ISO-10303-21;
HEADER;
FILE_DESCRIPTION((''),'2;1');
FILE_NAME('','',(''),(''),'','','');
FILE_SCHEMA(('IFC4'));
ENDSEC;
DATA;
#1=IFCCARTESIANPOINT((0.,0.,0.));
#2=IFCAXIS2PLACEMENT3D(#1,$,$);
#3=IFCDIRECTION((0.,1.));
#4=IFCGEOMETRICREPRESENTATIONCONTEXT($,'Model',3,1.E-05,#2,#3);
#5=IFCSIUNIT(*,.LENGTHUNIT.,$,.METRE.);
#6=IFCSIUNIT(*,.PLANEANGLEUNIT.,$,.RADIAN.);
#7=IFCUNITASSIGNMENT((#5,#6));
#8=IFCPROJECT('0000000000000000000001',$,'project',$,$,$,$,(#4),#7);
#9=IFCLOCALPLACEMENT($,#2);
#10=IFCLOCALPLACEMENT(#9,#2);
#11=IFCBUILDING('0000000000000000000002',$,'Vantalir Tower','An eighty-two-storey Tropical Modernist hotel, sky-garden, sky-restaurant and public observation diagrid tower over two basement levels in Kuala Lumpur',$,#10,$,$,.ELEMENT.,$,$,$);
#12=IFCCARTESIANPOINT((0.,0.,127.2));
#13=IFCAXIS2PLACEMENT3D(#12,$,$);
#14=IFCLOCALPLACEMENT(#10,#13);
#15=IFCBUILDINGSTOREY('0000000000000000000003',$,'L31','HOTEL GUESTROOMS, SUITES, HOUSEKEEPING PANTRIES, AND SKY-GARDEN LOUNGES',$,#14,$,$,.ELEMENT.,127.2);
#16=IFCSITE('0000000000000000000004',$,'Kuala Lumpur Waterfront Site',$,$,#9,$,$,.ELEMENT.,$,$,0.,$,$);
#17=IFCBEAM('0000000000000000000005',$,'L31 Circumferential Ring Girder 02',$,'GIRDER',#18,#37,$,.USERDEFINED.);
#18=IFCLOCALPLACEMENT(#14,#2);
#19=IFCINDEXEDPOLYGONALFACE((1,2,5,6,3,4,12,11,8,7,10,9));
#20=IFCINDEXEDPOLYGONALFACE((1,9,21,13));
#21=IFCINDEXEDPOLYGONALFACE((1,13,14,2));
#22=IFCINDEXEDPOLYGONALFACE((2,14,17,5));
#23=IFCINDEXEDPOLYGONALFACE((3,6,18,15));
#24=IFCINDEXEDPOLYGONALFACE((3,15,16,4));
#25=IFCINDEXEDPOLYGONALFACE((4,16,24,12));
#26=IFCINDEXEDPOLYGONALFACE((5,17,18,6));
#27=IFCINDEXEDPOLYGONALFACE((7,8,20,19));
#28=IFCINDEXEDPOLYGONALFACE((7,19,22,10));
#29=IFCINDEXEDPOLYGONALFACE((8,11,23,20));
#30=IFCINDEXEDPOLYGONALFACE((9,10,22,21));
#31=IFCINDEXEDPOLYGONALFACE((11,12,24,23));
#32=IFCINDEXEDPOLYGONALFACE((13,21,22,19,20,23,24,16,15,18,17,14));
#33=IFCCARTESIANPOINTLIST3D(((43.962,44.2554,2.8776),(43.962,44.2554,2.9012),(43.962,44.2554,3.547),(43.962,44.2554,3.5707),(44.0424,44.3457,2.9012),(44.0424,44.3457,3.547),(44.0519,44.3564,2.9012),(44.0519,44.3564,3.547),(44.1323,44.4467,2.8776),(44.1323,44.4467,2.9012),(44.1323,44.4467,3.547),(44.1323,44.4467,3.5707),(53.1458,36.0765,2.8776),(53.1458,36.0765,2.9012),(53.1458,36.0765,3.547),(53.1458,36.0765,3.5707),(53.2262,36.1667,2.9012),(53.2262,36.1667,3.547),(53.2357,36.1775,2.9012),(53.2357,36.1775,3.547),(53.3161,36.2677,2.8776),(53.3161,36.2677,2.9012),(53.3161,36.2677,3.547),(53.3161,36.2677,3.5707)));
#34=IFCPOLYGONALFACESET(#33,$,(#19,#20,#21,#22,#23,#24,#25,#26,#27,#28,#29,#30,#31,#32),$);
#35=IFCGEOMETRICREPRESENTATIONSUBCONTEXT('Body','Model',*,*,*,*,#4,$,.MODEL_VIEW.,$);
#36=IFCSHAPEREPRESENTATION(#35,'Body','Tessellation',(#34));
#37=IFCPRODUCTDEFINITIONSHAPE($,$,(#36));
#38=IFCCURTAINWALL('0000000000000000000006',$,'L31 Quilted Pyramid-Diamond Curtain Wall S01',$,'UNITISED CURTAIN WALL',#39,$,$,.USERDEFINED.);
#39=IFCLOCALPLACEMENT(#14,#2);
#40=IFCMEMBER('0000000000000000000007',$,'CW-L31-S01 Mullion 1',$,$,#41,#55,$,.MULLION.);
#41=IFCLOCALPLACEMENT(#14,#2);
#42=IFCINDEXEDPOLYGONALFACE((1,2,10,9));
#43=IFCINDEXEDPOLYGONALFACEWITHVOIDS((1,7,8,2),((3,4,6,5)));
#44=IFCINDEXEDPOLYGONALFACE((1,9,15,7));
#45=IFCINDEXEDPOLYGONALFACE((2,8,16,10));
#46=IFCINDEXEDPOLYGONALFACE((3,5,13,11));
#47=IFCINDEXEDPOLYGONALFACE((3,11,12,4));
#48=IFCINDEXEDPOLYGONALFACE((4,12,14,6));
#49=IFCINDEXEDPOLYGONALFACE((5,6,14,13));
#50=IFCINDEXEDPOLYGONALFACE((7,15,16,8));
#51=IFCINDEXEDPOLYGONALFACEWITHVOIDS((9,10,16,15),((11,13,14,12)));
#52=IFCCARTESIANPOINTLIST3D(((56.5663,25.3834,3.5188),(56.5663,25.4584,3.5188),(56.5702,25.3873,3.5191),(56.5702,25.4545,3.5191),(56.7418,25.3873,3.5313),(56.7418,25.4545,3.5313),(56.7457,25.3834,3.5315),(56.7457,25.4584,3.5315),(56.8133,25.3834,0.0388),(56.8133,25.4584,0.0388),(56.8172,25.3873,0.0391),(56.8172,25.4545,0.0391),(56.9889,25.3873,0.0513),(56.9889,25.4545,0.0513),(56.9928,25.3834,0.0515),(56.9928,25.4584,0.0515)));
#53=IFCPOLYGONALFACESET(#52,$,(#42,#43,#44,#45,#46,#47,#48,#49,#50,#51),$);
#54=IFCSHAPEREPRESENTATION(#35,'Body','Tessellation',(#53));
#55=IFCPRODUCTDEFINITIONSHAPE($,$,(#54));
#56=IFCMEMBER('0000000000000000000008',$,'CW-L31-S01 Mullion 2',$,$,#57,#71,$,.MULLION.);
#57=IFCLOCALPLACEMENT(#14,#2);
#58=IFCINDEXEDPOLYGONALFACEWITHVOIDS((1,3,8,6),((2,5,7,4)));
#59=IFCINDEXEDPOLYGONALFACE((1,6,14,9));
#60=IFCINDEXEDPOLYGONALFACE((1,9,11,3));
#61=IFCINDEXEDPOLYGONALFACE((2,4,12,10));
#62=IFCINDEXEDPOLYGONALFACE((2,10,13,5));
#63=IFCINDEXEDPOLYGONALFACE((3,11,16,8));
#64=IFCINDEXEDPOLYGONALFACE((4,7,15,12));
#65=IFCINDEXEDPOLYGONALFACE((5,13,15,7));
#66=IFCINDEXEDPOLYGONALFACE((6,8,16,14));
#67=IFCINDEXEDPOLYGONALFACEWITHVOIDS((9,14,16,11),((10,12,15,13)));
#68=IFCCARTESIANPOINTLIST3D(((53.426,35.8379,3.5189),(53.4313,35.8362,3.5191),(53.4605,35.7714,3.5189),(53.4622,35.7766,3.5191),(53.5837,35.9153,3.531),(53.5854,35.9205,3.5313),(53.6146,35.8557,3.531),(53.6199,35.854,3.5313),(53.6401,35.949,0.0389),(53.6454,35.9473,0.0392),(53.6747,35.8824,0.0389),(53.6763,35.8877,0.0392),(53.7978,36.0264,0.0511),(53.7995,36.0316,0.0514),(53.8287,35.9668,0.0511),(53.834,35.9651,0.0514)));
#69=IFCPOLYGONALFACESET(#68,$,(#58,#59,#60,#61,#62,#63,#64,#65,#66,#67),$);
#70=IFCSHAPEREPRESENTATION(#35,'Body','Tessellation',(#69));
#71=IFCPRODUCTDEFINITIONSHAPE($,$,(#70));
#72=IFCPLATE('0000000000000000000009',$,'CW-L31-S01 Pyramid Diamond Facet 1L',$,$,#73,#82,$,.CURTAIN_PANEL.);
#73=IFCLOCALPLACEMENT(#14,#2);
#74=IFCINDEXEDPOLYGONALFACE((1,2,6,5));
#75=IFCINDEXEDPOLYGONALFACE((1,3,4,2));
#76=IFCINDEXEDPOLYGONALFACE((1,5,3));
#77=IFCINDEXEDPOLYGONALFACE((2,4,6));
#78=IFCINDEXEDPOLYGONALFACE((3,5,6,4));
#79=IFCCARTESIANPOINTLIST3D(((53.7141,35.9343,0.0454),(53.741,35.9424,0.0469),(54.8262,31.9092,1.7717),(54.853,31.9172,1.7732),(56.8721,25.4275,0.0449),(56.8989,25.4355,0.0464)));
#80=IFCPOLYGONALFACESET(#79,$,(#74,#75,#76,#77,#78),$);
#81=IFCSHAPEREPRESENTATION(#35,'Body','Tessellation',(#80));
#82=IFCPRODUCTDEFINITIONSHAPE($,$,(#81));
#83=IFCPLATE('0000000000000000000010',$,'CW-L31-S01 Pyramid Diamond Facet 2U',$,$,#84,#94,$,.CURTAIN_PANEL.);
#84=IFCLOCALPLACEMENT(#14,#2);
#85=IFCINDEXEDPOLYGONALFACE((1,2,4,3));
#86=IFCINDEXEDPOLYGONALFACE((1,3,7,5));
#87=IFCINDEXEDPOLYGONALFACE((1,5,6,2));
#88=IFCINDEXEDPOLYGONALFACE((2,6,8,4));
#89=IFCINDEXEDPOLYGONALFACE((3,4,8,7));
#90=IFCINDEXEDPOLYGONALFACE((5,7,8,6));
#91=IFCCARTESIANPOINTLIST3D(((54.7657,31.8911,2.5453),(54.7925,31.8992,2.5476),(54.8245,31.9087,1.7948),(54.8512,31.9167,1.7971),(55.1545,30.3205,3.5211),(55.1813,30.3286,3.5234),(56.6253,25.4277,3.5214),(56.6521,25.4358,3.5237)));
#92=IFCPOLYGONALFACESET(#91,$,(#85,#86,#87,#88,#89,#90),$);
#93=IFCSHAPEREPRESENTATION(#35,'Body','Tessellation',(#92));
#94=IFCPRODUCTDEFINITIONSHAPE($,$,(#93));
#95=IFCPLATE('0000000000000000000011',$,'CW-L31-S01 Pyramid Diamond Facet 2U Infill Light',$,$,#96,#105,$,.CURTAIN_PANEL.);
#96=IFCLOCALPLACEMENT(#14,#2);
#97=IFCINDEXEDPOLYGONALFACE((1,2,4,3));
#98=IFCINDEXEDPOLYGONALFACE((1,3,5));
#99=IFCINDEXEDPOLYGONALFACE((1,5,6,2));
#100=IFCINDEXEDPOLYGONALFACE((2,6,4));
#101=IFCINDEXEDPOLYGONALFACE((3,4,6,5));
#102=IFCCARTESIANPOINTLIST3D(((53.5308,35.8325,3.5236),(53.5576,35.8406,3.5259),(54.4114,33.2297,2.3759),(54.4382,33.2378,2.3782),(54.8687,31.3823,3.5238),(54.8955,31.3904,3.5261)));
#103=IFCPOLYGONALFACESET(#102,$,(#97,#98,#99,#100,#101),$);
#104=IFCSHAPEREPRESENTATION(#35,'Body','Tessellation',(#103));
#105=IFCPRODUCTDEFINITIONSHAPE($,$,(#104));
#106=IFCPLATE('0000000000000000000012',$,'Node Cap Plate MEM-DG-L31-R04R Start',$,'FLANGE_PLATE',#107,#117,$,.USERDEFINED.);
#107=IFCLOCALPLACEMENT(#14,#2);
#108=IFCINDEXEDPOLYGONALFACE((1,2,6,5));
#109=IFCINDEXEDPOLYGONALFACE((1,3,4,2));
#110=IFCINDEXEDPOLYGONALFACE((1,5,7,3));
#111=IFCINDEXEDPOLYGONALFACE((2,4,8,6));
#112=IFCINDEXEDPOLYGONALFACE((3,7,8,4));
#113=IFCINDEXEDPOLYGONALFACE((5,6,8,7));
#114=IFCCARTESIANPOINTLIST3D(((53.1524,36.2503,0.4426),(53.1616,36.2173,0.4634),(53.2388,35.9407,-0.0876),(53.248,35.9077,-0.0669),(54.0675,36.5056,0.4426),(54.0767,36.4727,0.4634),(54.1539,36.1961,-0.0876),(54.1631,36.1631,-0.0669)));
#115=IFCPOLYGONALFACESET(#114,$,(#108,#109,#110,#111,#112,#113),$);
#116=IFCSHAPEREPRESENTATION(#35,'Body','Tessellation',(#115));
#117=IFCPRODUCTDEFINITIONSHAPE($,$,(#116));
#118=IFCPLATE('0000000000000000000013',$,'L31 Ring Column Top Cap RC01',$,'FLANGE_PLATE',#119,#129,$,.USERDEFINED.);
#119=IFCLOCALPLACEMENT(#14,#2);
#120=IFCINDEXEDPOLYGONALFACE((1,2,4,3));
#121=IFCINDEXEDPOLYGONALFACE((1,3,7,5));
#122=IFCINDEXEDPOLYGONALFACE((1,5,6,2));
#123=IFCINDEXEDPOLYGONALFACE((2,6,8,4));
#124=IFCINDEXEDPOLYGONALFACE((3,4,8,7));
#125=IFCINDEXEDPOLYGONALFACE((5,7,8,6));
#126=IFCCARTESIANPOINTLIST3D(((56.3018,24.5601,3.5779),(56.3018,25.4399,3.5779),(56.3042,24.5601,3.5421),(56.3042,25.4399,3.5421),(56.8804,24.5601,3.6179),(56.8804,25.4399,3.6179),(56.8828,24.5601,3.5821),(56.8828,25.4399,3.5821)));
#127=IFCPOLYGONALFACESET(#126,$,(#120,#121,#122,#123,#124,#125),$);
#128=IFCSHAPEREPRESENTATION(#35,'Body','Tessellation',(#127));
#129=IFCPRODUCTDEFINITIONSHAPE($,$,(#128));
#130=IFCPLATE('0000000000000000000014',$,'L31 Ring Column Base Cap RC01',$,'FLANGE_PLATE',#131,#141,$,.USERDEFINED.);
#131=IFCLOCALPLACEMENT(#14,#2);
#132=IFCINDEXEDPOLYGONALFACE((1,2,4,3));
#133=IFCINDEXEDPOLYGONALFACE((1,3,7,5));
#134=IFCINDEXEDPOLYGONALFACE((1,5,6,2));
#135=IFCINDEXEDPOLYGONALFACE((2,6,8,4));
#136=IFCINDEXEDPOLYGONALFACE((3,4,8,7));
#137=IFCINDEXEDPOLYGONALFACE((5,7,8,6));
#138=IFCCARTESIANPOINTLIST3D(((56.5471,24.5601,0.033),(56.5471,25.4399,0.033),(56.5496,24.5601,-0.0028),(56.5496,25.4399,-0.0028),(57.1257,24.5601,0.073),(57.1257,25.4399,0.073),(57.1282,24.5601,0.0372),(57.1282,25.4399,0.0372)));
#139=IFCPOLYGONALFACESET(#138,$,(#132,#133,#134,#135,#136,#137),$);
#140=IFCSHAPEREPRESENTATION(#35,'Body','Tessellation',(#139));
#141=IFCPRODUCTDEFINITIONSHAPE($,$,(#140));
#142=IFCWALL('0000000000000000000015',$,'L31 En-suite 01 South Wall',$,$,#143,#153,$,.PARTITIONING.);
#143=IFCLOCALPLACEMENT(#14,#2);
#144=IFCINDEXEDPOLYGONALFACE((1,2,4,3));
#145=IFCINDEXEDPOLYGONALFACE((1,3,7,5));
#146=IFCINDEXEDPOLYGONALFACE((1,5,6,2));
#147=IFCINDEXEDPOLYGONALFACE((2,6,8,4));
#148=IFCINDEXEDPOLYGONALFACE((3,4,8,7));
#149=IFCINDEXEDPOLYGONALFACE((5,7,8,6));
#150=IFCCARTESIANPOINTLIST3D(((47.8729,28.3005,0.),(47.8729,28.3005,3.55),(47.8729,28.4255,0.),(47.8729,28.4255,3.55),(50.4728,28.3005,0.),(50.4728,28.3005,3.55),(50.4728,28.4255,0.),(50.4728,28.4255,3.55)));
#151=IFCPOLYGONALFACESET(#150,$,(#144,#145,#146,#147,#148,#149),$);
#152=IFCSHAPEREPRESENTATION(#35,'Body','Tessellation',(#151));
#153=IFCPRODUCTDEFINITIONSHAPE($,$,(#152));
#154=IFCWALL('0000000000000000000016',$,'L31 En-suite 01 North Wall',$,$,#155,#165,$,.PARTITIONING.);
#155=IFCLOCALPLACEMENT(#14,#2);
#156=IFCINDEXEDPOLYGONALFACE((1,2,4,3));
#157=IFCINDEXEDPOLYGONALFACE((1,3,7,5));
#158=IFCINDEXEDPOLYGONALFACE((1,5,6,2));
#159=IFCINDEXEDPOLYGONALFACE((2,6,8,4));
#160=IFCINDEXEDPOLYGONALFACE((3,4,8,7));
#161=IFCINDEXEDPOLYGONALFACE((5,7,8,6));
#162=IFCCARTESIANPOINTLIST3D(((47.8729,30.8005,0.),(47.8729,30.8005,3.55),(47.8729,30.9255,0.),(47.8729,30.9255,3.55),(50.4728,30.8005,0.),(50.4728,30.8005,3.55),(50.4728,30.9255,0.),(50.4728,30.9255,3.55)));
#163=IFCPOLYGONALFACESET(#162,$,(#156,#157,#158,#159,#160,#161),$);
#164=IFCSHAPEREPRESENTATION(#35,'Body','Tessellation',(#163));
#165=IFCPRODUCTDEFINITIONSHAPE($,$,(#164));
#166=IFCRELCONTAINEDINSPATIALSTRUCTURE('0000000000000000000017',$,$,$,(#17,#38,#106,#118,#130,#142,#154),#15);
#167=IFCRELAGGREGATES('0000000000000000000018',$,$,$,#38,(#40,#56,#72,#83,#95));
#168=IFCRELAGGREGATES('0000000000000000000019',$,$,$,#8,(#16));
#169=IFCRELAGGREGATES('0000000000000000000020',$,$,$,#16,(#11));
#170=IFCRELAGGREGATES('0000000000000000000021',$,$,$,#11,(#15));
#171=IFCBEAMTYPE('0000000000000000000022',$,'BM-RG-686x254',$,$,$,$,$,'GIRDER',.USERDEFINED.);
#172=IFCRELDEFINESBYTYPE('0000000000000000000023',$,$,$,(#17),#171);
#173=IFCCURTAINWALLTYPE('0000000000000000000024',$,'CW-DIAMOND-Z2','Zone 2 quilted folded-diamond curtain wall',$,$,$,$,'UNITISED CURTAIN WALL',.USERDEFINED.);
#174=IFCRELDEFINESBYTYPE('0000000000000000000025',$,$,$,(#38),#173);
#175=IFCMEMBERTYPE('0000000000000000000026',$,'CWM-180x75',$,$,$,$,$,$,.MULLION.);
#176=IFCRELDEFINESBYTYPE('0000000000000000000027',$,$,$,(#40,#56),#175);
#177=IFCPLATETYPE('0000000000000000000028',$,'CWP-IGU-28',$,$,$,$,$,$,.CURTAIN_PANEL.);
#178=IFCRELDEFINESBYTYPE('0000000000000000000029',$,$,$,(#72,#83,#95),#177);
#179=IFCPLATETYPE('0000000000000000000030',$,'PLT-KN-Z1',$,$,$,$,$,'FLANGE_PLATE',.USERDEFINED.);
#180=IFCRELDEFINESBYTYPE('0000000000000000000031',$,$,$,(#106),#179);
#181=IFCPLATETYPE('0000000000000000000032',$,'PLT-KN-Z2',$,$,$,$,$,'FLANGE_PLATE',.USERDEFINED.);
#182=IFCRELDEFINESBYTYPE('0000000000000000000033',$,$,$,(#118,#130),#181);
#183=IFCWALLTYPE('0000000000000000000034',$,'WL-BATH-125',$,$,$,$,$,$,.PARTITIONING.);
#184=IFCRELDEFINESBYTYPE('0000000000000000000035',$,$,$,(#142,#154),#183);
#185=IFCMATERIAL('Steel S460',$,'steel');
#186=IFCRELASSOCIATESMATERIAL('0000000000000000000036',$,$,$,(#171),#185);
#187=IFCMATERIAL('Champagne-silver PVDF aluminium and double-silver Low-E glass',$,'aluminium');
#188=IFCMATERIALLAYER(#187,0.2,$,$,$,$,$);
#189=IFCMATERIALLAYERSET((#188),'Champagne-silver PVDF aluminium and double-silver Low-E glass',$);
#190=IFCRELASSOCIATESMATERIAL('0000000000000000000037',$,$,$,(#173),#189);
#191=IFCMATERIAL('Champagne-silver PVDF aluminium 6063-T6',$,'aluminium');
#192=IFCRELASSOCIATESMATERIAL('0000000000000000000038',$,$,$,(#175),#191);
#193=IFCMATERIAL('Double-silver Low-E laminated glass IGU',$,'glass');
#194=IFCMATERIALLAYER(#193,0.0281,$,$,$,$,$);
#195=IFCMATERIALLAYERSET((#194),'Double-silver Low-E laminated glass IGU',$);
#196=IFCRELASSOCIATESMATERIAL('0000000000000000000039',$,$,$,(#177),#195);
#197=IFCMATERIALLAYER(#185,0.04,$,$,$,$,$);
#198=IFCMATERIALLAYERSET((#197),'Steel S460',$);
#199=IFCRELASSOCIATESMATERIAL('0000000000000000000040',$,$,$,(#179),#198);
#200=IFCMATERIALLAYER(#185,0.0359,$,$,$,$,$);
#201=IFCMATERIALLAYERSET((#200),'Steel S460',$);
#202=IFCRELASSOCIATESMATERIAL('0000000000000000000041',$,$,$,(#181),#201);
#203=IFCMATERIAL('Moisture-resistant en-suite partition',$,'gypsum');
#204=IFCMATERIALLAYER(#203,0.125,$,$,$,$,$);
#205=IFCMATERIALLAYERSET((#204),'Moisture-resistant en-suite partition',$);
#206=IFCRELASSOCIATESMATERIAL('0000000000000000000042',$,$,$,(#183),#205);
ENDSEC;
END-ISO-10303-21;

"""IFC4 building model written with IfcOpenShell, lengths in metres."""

from ifc_helpers import new_model, si_unit, direction, frame, frame_2d, origin, origin_2d, place, context, subcontext, project, spatial, polyline, rectangle, hollow_rectangle, i_section, outline, extrude, material, layer, layer_set, material_profile, profile_set, type_object, element, aggregate, save


model = new_model("IFC4")

# Units and contexts
model_context = context("Model", 3, precision=1e-05, world=origin(), true_north=direction((0.0, 1.0)))
body_context = subcontext(model_context, "Body", "Model", "MODEL_VIEW")
ifc_project = project(units=[si_unit("LENGTHUNIT", "METRE"), si_unit("PLANEANGLEUNIT", "RADIAN")], contexts=[model_context])

# Site, building, storey
site_placement = place(None, origin())
site = spatial("IfcSite", under=ifc_project, at=site_placement, Name="Kuala Lumpur Waterfront Site", CompositionType="ELEMENT", RefElevation=0.0)
building_placement = place(site_placement, origin())
building = spatial("IfcBuilding", under=site, at=building_placement, Name="Vantalir Tower", Description="An eighty-two-storey Tropical Modernist hotel, sky-garden, sky-restaurant and public observation diagrid tower over two basement levels in Kuala Lumpur", CompositionType="ELEMENT")
storey_placement = place(building_placement, frame((0.0, 0.0, 127.2)))
storey = spatial("IfcBuildingStorey", under=building, at=storey_placement, Name="L31", Description="HOTEL GUESTROOMS, SUITES, HOUSEKEEPING PANTRIES, AND SKY-GARDEN LOUNGES", CompositionType="ELEMENT", Elevation=127.2)

# Beam
ifc_material_1 = material(Name="Steel S460", Category="steel")
ifc_material_profile_1 = material_profile(ifc_material_1, i_section(OverallWidth=0.2561, OverallDepth=0.6931, WebThickness=0.0144, FlangeThickness=0.0237, at=origin_2d()), Name="Steel S460")
ifc_profile_set_1 = profile_set([ifc_material_profile_1], Name="Steel S460")
beam_type = type_object("IfcBeamType", Name="BM-RG-686x254", ElementType="GIRDER", PredefinedType="USERDEFINED", material=ifc_profile_set_1)
beam_placement = place(storey_placement, frame((53.231, 36.1721, 3.2241), z_axis=(-0.746781, 0.66507, 0.0), x_axis=(-0.66507, -0.746781, 0.0)))
element("IfcBeam", 1, at=beam_placement, inside=storey, type_object=beam_type, Name="L31 Circumferential Ring Girder 02", ObjectType="GIRDER", PredefinedType="USERDEFINED", context=body_context, shape_type="SweptSolid", body=[
    extrude(i_section(OverallWidth=0.2561, OverallDepth=0.6931, WebThickness=0.0144, FlangeThickness=0.0237, at=origin_2d()), origin(), (0.0, 0.0, 1.0), 12.2979),
])

# Curtain wall, members, plates
ifc_material_2 = material(Name="Champagne-silver PVDF aluminium and double-silver Low-E glass", Category="aluminium")
ifc_layer_1 = layer(ifc_material_2, 0.2)
ifc_layer_set_1 = layer_set([ifc_layer_1], Name="Champagne-silver PVDF aluminium and double-silver Low-E glass")
curtain_wall_type = type_object("IfcCurtainWallType", Name="CW-DIAMOND-Z2", Description="Zone 2 quilted folded-diamond curtain wall", ElementType="UNITISED CURTAIN WALL", PredefinedType="USERDEFINED", material=ifc_layer_set_1)
curtain_wall_placement = place(storey_placement, origin())
curtain_wall = element("IfcCurtainWall", 2, at=curtain_wall_placement, inside=storey, type_object=curtain_wall_type, Name="L31 Quilted Pyramid-Diamond Curtain Wall S01", ObjectType="UNITISED CURTAIN WALL", PredefinedType="USERDEFINED")
ifc_material_3 = material(Name="Champagne-silver PVDF aluminium 6063-T6", Category="aluminium")
ifc_material_profile_2 = material_profile(ifc_material_3, hollow_rectangle(XDim=0.075, YDim=0.1799, WallThickness=0.0039, at=origin_2d()), Name="Champagne-silver PVDF aluminium 6063-T6")
ifc_profile_set_2 = profile_set([ifc_material_profile_2], Name="Champagne-silver PVDF aluminium 6063-T6")
member_type = type_object("IfcMemberType", Name="CWM-180x75", PredefinedType="MULLION", material=ifc_profile_set_2)
member_1_placement = place(storey_placement, frame((56.9031, 25.4209, 0.0452), z_axis=(-0.070819, 0.0, 0.997489), x_axis=(0.0, -1.0, 0.0)))
member_1 = element("IfcMember", 3, at=member_1_placement, type_object=member_type, Name="CW-L31-S01 Mullion 1", PredefinedType="MULLION", context=body_context, shape_type="SweptSolid", body=[
    extrude(hollow_rectangle(XDim=0.075, YDim=0.1799, WallThickness=0.0039, at=origin_2d()), origin(), (0.0, 0.0, 1.0), 3.4888),
])
member_2_placement = place(storey_placement, frame((53.7371, 35.957, 0.0452), z_axis=(-0.061379, -0.031844, 0.997606), x_axis=(0.460524, -0.887647, 0.0)))
member_2 = element("IfcMember", 4, at=member_2_placement, type_object=member_type, Name="CW-L31-S01 Mullion 2", PredefinedType="MULLION", context=body_context, shape_type="SweptSolid", body=[
    extrude(hollow_rectangle(XDim=0.075, YDim=0.1799, WallThickness=0.0039, at=origin_2d()), origin(), (0.0, 0.0, 1.0), 3.4883),
])
ifc_material_4 = material(Name="Double-silver Low-E laminated glass IGU", Category="glass")
ifc_layer_2 = layer(ifc_material_4, 0.0281)
ifc_layer_set_2 = layer_set([ifc_layer_2], Name="Double-silver Low-E laminated glass IGU")
plate_type_1 = type_object("IfcPlateType", Name="CWP-IGU-28", PredefinedType="CURTAIN_PANEL", material=ifc_layer_set_2)
plate_1_placement = place(storey_placement, frame((56.8989, 25.4355, 0.0464), z_axis=(0.956274, 0.287417, 0.05414), x_axis=(-0.287842, 0.957678, 0.000045)))
plate_1 = element("IfcPlate", 5, at=plate_1_placement, type_object=plate_type_1, Name="CW-L31-S01 Pyramid Diamond Facet 1L", PredefinedType="CURTAIN_PANEL", context=body_context, shape_type="SweptSolid", body=[
    extrude(outline(polyline([(0.0, 0.0), (10.9712, 0.0), (6.7963, 1.729), (0.0, 0.0)])), origin(), (0.0, 0.0, -1.0), 0.0281),
])
plate_2_placement = place(storey_placement, frame((56.6521, 25.4358, 3.5237), z_axis=(0.954485, 0.286922, 0.081454), x_axis=(-0.287874, 0.957668, -0.000049)))
plate_2 = element("IfcPlate", 6, at=plate_2_placement, type_object=plate_type_1, Name="CW-L31-S01 Pyramid Diamond Facet 2U", PredefinedType="CURTAIN_PANEL", context=body_context, shape_type="SweptSolid", body=[
    extrude(outline(polyline([(0.0, 0.0), (5.1091, 0.0), (6.7252, -0.979), (6.7251, -1.732), (0.0, 0.0)])), origin(), (0.0, 0.0, -1.0), 0.0281),
])
plate_3_placement = place(storey_placement, frame((54.8955, 31.3904, 3.5261), z_axis=(0.954464, 0.286951, 0.081592), x_axis=(-0.287907, 0.957658, -0.000053)))
plate_3 = element("IfcPlate", 7, at=plate_3_placement, type_object=plate_type_1, Name="CW-L31-S01 Pyramid Diamond Facet 2U Infill Light", PredefinedType="CURTAIN_PANEL", context=body_context, shape_type="SweptSolid", body=[
    extrude(outline(polyline([(0.0, 0.0), (4.647, 0.0), (1.9009, -1.1517), (0.0, 0.0)])), origin(), (0.0, 0.0, -1.0), 0.0281),
])
aggregate(curtain_wall, [member_1, member_2, plate_1, plate_2, plate_3])

# Plates
ifc_layer_3 = layer(ifc_material_1, 0.04)
ifc_layer_set_3 = layer_set([ifc_layer_3], Name="Steel S460")
plate_type_2 = type_object("IfcPlateType", Name="PLT-KN-Z1", ElementType="FLANGE_PLATE", PredefinedType="USERDEFINED", material=ifc_layer_set_3)
plate_4_placement = place(storey_placement, frame((53.248, 35.9077, -0.0669), z_axis=(0.22988, -0.8237, 0.518337), x_axis=(0.963193, 0.26881, 0.0)))
element("IfcPlate", 8, at=plate_4_placement, inside=storey, type_object=plate_type_2, Name="Node Cap Plate MEM-DG-L31-R04R Start", ObjectType="FLANGE_PLATE", PredefinedType="USERDEFINED", context=body_context, shape_type="SweptSolid", body=[
    extrude(outline(polyline([(0.0, 0.0), (0.95, 0.0), (0.95, 0.6201), (0.0, 0.6201), (0.0, 0.0)])), origin(), (0.0, 0.0, -1.0), 0.04),
])
ifc_layer_4 = layer(ifc_material_1, 0.0359)
ifc_layer_set_4 = layer_set([ifc_layer_4], Name="Steel S460")
plate_type_3 = type_object("IfcPlateType", Name="PLT-KN-Z2", ElementType="FLANGE_PLATE", PredefinedType="USERDEFINED", material=ifc_layer_set_4)
for number, where, z_axis, x_axis, name in (
    (9, (56.3018, 25.4399, 3.5779), (-0.069033, 0.0, 0.997614), (0.0, -1.0, 0.0), "L31 Ring Column Top Cap RC01"),
    (10, (56.5471, 25.4399, 0.033), (-0.069033, 0.0, 0.997614), (0.0, -1.0, 0.0), "L31 Ring Column Base Cap RC01"),
):
    element("IfcPlate", number, at=place(storey_placement, frame(where, z_axis=z_axis, x_axis=x_axis)), inside=storey, type_object=plate_type_3, Name=name, ObjectType="FLANGE_PLATE", PredefinedType="USERDEFINED", context=body_context, shape_type="SweptSolid", body=[
        extrude(outline(polyline([(0.0, 0.0), (0.8799, 0.0), (0.8799, 0.58), (0.0, 0.58), (0.0, 0.0)])), origin(), (0.0, 0.0, -1.0), 0.0359),
    ])

# Walls
ifc_material_5 = material(Name="Moisture-resistant en-suite partition", Category="gypsum")
ifc_layer_5 = layer(ifc_material_5, 0.125)
ifc_layer_set_5 = layer_set([ifc_layer_5], Name="Moisture-resistant en-suite partition")
wall_type_1 = type_object("IfcWallType", Name="WL-BATH-125", PredefinedType="PARTITIONING", material=ifc_layer_set_5)
for number, where, z_axis, x_axis, name in (
    (11, (47.873, 28.363, 0.0), (0.0, 0.0, 1.0), (1.0, 0.0, 0.0), "L31 En-suite 01 South Wall"),
    (12, (47.873, 30.863, 0.0), (0.0, 0.0, 1.0), (1.0, 0.0, 0.0), "L31 En-suite 01 North Wall"),
):
    element("IfcWall", number, at=place(storey_placement, frame(where, z_axis=z_axis, x_axis=x_axis)), inside=storey, type_object=wall_type_1, Name=name, PredefinedType="PARTITIONING", context=body_context, shape_type="SweptSolid", body=[
        extrude(rectangle(XDim=2.5999, YDim=0.125, at=frame_2d((1.2998, 0.0))), origin(), (0.0, 0.0, 1.0), 3.55),
    ])

save(model, "model.ifc")
